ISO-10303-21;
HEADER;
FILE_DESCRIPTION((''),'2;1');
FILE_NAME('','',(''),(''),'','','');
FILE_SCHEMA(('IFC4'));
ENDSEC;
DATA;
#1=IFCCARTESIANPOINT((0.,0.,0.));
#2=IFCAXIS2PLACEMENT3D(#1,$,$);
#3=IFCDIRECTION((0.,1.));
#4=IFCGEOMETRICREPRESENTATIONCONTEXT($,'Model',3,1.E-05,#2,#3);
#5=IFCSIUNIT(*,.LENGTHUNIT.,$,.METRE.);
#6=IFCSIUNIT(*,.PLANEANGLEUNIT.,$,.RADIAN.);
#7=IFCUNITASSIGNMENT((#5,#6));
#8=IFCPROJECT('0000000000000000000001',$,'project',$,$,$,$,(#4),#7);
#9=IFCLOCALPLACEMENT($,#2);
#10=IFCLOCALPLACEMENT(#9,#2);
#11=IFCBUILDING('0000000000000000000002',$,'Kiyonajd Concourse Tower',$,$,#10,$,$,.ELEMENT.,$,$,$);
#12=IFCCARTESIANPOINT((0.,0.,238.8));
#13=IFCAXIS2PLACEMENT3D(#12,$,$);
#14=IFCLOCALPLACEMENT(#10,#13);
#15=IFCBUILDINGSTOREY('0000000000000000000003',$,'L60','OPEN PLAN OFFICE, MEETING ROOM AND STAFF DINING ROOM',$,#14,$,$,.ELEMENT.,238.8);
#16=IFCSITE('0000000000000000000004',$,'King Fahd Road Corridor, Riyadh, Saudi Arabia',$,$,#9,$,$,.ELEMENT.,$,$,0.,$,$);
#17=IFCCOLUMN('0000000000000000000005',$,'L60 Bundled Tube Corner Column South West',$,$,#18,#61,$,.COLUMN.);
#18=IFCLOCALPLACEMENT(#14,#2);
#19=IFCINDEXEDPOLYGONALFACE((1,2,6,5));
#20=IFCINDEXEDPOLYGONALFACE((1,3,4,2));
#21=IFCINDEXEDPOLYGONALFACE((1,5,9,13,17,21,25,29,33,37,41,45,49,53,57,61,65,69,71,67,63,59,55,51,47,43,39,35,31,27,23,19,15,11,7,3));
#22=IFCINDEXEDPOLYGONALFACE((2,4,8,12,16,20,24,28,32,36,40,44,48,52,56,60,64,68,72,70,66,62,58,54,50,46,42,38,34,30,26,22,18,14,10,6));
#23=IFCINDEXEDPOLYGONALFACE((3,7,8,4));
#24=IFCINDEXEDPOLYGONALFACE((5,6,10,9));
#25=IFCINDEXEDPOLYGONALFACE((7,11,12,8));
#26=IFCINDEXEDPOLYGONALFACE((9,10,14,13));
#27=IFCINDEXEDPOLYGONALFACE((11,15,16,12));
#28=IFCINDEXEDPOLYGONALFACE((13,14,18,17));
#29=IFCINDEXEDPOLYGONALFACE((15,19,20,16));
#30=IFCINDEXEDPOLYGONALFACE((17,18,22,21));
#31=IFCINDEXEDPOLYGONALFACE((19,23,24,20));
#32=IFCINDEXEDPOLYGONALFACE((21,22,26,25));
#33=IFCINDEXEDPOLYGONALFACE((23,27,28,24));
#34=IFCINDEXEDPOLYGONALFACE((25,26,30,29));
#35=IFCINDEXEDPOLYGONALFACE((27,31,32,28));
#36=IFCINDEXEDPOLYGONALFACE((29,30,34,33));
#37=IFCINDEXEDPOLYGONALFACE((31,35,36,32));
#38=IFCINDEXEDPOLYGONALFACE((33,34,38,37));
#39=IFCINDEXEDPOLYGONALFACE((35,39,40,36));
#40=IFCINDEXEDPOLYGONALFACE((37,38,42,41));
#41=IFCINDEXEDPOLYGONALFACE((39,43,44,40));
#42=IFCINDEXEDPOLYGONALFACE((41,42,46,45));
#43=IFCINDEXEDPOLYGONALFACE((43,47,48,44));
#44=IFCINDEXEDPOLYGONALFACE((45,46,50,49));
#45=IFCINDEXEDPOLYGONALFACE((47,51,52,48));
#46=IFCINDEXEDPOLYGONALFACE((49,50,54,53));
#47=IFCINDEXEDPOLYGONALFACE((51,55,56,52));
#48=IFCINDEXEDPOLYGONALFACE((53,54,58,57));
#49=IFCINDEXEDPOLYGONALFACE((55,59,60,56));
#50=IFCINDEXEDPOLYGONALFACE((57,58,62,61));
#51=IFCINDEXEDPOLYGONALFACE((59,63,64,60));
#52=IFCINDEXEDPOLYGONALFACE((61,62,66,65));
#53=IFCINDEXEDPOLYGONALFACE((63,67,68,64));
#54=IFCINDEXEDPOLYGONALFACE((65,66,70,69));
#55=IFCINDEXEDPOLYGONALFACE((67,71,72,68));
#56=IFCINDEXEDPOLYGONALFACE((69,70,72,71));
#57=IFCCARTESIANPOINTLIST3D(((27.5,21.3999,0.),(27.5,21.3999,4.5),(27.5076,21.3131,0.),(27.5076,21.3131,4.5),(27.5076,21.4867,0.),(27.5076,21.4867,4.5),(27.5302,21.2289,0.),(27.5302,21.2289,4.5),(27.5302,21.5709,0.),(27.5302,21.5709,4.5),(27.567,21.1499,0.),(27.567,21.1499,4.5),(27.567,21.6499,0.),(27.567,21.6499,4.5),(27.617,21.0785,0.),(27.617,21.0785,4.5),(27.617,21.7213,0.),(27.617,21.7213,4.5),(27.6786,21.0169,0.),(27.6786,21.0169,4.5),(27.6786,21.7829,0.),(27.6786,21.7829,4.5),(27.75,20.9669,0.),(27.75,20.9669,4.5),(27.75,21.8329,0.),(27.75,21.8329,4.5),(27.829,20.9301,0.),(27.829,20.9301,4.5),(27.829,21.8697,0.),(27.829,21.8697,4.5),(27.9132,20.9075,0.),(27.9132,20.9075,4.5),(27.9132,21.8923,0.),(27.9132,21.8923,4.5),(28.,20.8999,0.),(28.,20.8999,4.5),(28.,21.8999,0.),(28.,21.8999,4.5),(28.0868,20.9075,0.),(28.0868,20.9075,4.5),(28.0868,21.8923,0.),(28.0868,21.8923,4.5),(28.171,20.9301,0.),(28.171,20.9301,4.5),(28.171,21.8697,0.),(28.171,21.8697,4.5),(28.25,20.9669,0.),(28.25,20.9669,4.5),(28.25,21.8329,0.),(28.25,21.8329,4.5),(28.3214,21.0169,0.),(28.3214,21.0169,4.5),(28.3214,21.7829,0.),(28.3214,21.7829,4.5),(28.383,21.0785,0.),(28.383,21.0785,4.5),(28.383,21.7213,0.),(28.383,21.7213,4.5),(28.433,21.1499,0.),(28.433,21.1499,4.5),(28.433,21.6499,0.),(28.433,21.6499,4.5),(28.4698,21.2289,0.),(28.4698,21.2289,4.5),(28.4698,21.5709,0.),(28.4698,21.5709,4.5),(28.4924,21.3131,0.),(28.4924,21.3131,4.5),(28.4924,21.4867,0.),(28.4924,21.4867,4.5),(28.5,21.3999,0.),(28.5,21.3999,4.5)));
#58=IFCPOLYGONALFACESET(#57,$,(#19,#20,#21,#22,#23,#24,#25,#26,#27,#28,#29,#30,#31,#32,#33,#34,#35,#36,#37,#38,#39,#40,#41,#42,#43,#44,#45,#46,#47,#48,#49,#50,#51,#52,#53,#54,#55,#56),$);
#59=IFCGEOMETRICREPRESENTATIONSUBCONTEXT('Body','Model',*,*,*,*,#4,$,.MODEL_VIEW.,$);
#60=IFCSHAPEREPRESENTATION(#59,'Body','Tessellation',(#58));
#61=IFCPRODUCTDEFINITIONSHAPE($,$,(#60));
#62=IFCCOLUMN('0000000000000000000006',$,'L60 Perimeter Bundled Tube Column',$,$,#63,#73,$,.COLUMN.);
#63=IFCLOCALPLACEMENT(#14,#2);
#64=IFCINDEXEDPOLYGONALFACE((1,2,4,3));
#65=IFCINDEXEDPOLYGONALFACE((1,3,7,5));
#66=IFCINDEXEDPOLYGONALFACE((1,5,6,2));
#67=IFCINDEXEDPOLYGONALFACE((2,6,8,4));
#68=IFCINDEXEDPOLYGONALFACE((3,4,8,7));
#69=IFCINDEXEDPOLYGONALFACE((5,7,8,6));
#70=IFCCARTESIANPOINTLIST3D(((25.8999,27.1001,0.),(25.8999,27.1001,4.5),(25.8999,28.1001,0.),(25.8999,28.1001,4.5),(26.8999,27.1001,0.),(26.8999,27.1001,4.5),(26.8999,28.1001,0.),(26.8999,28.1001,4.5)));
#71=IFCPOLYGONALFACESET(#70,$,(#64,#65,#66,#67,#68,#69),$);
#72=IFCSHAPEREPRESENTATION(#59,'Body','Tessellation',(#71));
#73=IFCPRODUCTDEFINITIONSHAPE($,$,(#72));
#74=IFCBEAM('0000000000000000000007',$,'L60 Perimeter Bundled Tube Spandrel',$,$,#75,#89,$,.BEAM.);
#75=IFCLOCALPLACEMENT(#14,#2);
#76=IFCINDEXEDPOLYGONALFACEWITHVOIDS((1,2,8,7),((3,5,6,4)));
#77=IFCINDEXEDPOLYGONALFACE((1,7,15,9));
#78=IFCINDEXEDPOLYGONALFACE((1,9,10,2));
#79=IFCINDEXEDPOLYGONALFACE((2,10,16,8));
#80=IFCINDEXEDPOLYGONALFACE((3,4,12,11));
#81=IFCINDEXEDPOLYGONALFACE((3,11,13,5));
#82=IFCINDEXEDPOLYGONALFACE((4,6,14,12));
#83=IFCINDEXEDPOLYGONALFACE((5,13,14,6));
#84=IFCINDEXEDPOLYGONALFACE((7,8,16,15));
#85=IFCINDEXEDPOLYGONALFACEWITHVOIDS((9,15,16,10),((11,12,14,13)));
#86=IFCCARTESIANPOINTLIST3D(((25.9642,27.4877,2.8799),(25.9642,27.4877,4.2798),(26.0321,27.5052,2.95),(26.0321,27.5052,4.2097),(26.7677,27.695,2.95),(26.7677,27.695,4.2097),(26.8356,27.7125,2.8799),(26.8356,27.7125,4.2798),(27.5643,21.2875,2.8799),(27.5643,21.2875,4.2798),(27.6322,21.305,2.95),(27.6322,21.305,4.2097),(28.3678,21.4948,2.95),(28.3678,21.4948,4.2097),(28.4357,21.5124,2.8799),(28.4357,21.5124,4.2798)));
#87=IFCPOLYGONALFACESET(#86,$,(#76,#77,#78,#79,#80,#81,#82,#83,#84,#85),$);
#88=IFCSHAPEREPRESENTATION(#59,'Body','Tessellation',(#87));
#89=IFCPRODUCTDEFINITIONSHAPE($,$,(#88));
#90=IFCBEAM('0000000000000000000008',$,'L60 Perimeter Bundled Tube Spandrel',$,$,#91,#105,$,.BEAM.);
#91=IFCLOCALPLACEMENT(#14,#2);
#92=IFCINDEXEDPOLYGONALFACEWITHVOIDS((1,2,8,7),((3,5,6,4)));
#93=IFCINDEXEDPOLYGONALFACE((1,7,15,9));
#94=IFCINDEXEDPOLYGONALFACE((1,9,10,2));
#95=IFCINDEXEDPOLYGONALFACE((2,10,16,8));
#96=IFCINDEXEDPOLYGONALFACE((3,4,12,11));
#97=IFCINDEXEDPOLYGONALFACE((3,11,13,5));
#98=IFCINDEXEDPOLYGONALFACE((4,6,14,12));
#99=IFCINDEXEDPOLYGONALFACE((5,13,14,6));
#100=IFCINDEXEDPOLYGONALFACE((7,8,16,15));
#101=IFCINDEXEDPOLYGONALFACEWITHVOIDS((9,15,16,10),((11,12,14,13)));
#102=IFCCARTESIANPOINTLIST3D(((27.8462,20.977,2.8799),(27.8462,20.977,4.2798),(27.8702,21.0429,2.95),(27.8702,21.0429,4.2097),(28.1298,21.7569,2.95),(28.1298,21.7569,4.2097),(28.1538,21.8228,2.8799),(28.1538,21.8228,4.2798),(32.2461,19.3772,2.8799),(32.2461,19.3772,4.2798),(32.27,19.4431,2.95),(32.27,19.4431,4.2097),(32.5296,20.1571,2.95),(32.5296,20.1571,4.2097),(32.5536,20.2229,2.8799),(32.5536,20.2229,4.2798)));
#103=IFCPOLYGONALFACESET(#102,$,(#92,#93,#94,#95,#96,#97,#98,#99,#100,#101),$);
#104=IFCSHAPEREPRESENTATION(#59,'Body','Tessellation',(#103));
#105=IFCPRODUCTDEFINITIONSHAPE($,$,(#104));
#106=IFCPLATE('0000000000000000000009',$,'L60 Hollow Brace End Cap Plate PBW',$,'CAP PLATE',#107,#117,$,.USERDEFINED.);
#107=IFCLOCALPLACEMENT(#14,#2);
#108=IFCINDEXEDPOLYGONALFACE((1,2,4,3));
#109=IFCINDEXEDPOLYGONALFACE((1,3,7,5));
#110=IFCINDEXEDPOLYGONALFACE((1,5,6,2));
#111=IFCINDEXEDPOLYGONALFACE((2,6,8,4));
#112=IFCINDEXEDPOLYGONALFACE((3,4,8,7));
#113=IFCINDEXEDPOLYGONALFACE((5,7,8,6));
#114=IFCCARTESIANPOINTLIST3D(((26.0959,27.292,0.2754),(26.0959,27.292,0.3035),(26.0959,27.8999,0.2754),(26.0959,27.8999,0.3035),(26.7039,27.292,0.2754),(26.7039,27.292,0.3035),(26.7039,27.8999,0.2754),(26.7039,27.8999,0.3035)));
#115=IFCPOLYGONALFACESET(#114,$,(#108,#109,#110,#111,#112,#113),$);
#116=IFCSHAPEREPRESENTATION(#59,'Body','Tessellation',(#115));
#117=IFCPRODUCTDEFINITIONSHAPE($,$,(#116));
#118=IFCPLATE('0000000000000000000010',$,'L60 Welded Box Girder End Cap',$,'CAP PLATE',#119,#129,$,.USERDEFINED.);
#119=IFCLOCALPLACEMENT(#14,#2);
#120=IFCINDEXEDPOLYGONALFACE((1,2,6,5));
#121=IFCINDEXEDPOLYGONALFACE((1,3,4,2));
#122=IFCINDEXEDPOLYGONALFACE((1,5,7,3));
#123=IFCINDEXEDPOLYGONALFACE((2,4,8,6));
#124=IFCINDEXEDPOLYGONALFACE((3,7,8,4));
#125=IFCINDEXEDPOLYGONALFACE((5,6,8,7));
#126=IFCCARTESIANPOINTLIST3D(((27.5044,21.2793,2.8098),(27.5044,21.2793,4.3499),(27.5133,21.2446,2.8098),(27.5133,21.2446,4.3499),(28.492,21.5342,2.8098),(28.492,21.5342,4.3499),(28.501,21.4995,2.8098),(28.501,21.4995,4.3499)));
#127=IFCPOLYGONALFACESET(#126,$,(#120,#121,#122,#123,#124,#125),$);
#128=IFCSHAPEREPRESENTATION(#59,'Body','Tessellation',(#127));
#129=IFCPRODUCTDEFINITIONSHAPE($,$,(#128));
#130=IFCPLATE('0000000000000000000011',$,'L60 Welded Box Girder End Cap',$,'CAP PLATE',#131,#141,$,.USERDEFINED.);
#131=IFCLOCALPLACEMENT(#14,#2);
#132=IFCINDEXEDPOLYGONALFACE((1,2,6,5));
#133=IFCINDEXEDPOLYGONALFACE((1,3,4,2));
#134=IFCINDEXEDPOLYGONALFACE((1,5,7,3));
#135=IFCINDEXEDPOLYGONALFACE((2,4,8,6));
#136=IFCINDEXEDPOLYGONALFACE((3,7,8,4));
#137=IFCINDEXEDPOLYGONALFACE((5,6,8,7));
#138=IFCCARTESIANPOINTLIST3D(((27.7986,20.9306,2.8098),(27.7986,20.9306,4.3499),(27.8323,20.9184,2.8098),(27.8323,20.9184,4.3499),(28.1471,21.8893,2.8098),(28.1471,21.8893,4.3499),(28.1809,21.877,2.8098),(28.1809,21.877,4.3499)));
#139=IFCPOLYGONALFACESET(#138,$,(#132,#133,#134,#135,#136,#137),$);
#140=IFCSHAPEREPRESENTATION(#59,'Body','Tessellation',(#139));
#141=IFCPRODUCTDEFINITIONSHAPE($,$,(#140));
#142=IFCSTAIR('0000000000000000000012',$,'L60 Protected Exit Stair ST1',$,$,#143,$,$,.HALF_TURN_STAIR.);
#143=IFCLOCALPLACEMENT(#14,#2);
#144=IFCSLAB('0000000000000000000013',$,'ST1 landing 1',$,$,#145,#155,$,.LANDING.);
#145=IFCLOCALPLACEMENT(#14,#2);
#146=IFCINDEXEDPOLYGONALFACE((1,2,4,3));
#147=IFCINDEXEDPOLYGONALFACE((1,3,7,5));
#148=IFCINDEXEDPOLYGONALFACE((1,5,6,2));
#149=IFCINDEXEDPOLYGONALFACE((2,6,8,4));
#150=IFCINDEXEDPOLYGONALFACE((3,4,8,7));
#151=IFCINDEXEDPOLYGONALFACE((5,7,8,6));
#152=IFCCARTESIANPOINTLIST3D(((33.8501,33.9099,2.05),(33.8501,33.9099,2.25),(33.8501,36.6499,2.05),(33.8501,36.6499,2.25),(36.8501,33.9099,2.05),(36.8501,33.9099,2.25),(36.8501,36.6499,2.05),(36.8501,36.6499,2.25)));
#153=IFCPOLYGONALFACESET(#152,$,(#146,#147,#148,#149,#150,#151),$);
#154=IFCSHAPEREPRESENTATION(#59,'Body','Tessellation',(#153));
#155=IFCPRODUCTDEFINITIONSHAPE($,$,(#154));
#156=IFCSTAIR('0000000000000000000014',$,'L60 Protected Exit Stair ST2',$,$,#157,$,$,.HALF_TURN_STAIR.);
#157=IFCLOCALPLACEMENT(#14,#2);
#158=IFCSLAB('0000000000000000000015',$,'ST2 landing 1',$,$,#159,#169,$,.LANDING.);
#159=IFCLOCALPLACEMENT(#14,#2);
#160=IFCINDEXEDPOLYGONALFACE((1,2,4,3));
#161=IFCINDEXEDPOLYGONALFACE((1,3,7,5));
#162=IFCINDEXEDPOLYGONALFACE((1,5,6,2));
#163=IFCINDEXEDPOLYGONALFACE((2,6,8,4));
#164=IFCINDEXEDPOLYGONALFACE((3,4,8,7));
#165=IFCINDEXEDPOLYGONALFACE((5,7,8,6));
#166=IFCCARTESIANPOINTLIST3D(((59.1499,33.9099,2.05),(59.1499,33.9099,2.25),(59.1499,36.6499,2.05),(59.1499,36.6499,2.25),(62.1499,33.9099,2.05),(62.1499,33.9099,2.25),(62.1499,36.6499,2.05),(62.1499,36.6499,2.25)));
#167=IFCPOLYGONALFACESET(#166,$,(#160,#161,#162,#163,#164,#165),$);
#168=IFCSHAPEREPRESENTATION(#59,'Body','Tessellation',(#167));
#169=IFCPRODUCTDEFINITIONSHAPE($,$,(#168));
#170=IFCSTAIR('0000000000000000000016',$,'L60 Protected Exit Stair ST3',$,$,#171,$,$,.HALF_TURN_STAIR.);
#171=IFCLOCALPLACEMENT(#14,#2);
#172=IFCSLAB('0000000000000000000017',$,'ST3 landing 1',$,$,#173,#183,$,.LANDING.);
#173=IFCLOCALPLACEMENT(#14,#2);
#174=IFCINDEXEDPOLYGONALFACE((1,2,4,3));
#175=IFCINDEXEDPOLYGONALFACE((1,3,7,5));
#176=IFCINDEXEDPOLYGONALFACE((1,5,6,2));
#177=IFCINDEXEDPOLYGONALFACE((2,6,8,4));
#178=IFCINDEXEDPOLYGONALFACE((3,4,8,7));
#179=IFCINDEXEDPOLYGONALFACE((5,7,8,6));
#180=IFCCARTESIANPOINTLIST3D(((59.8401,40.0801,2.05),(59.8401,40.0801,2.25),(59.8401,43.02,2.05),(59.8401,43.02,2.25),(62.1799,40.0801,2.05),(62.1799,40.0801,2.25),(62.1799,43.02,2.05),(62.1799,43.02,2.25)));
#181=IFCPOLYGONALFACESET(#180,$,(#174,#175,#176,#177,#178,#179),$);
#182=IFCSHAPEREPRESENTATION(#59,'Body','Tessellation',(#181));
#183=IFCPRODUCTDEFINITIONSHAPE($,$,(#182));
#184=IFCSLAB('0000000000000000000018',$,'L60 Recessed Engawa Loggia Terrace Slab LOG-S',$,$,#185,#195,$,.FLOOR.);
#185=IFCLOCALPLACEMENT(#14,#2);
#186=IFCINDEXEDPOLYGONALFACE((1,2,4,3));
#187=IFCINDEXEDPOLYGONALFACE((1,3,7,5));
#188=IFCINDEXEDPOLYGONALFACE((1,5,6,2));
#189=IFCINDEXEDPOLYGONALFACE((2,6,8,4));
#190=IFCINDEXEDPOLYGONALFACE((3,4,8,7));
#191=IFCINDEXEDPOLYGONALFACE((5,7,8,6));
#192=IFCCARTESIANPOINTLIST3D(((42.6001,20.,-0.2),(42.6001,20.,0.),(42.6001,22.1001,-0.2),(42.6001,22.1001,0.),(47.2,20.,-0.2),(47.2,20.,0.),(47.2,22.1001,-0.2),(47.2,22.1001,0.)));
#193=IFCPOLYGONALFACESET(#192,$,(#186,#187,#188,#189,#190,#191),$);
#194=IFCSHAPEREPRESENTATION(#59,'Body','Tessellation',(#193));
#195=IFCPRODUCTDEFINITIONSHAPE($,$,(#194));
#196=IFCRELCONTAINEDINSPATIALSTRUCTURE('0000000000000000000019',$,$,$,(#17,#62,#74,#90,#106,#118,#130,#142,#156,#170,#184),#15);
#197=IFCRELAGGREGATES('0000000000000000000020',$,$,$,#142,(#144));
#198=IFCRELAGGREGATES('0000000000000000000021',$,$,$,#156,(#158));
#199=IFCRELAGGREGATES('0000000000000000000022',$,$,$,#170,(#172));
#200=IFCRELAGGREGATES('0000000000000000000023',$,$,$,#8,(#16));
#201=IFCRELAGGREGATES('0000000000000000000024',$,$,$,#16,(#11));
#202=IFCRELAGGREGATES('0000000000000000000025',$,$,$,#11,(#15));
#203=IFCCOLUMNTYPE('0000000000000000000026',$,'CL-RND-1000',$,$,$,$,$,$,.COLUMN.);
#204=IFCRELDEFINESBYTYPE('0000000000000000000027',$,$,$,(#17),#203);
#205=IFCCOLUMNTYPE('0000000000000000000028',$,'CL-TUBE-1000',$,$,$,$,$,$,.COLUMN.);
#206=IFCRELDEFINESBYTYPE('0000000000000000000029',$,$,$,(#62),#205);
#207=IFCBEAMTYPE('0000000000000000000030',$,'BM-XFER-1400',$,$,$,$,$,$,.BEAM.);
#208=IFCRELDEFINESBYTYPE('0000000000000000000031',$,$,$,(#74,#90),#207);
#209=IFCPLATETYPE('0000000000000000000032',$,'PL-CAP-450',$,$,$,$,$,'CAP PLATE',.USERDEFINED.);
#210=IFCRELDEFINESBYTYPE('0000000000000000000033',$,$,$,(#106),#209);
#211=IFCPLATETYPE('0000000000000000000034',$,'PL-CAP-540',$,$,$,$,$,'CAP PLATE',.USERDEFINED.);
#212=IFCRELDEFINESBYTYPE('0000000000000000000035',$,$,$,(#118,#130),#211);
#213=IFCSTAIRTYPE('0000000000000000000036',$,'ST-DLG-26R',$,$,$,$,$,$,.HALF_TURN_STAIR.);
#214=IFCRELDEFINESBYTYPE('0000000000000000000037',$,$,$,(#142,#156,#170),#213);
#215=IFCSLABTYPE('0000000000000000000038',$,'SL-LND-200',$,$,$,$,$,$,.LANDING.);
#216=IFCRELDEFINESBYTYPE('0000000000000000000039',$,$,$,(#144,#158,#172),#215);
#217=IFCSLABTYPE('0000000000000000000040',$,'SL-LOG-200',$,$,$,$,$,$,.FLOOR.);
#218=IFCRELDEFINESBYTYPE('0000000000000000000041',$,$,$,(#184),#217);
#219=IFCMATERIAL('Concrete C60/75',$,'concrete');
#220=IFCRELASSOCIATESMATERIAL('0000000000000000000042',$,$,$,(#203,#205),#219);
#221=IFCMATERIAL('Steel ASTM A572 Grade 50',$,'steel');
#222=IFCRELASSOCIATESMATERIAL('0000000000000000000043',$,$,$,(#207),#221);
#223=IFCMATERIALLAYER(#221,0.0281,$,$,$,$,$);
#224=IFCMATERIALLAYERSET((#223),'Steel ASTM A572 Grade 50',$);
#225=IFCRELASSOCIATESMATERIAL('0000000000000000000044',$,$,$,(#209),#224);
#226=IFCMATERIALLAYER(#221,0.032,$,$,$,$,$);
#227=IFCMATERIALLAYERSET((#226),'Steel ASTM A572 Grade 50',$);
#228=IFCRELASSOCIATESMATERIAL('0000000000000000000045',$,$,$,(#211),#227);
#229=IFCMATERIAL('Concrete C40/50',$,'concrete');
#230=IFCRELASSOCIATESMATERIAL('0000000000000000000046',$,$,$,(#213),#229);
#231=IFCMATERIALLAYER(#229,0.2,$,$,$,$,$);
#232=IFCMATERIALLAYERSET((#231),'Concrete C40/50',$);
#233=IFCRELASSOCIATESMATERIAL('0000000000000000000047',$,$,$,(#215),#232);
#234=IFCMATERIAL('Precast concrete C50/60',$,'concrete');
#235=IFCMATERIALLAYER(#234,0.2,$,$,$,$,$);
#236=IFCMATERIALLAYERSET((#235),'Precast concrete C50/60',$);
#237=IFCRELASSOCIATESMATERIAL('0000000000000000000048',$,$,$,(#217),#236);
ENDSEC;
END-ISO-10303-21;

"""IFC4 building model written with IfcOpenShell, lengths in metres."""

from ifc_helpers import new_model, si_unit, direction, frame, origin, origin_2d, place, context, subcontext, project, spatial, polyline, rectangle, hollow_rectangle, circle, outline, extrude, material, layer, layer_set, material_profile, profile_set, type_object, element, aggregate, save


model = new_model("IFC4")

# Units and contexts
model_context = context("Model", 3, precision=1e-05, world=origin(), true_north=direction((0.0, 1.0)))
body_context = subcontext(model_context, "Body", "Model", "MODEL_VIEW")
ifc_project = project(units=[si_unit("LENGTHUNIT", "METRE"), si_unit("PLANEANGLEUNIT", "RADIAN")], contexts=[model_context])

# Site, building, storey
site_placement = place(None, origin())
site = spatial("IfcSite", under=ifc_project, at=site_placement, Name="King Fahd Road Corridor, Riyadh, Saudi Arabia", CompositionType="ELEMENT", RefElevation=0.0)
building_placement = place(site_placement, origin())
building = spatial("IfcBuilding", under=site, at=building_placement, Name="Kiyonajd Concourse Tower", CompositionType="ELEMENT")
storey_placement = place(building_placement, frame((0.0, 0.0, 238.8)))
storey = spatial("IfcBuildingStorey", under=building, at=storey_placement, Name="L60", Description="OPEN PLAN OFFICE, MEETING ROOM AND STAFF DINING ROOM", CompositionType="ELEMENT", Elevation=238.8)

# Columns
ifc_material_1 = material(Name="Concrete C60/75", Category="concrete")
ifc_material_profile_1 = material_profile(ifc_material_1, circle(Radius=0.5, at=origin_2d()), Name="RCC-D1000")
ifc_profile_set_1 = profile_set([ifc_material_profile_1], Name="Concrete C60/75")
column_type_1 = type_object("IfcColumnType", Name="CL-RND-1000", PredefinedType="COLUMN", material=ifc_profile_set_1)
column_1_placement = place(storey_placement, frame((28.0, 21.3999, 0.0), z_axis=(0.0, 0.0, 1.0), x_axis=(1.0, 0.0, 0.0)))
element("IfcColumn", 1, at=column_1_placement, inside=storey, type_object=column_type_1, Name="L60 Bundled Tube Corner Column South West", PredefinedType="COLUMN", context=body_context, shape_type="SweptSolid", body=[
    extrude(circle(Radius=0.5, at=origin_2d()), origin(), (0.0, 0.0, 1.0), 4.5),
])
ifc_material_profile_2 = material_profile(ifc_material_1, rectangle(XDim=1.0, YDim=1.0, at=origin_2d()), Name="RC-1000x1000")
ifc_profile_set_2 = profile_set([ifc_material_profile_2], Name="Concrete C60/75")
column_type_2 = type_object("IfcColumnType", Name="CL-TUBE-1000", PredefinedType="COLUMN", material=ifc_profile_set_2)
column_2_placement = place(storey_placement, frame((26.3999, 27.6001, 0.0), z_axis=(0.0, 0.0, 1.0), x_axis=(1.0, 0.0, 0.0)))
element("IfcColumn", 2, at=column_2_placement, inside=storey, type_object=column_type_2, Name="L60 Perimeter Bundled Tube Column", PredefinedType="COLUMN", context=body_context, shape_type="SweptSolid", body=[
    extrude(rectangle(XDim=1.0, YDim=1.0, at=origin_2d()), origin(), (0.0, 0.0, 1.0), 4.5),
])

# Beams
ifc_material_2 = material(Name="Steel ASTM A572 Grade 50", Category="steel")
ifc_material_profile_3 = material_profile(ifc_material_2, hollow_rectangle(XDim=0.8999, YDim=1.3999, WallThickness=0.0701, at=origin_2d()), Name="BOX-1400x900x70")
ifc_profile_set_3 = profile_set([ifc_material_profile_3], Name="Steel ASTM A572 Grade 50")
beam_type = type_object("IfcBeamType", Name="BM-XFER-1400", PredefinedType="BEAM", material=ifc_profile_set_3)
beam_1_placement = place(storey_placement, frame((26.3999, 27.6001, 3.5798), z_axis=(0.249885, -0.968276, 0.0), x_axis=(0.968276, 0.249885, 0.0)))
element("IfcBeam", 3, at=beam_1_placement, inside=storey, type_object=beam_type, Name="L60 Perimeter Bundled Tube Spandrel", PredefinedType="BEAM", context=body_context, shape_type="SweptSolid", body=[
    extrude(hollow_rectangle(XDim=0.8999, YDim=1.3999, WallThickness=0.0701, at=origin_2d()), origin(), (0.0, 0.0, 1.0), 6.4033),
])
beam_2_placement = place(storey_placement, frame((28.0, 21.3999, 3.5798), z_axis=(0.939801, -0.341722, 0.0), x_axis=(0.341722, 0.939801, 0.0)))
element("IfcBeam", 4, at=beam_2_placement, inside=storey, type_object=beam_type, Name="L60 Perimeter Bundled Tube Spandrel", PredefinedType="BEAM", context=body_context, shape_type="SweptSolid", body=[
    extrude(hollow_rectangle(XDim=0.8999, YDim=1.3999, WallThickness=0.0701, at=origin_2d()), origin(), (0.0, 0.0, 1.0), 4.6816),
])

# Plates
ifc_layer_1 = layer(ifc_material_2, 0.0281)
ifc_layer_set_1 = layer_set([ifc_layer_1], Name="Steel ASTM A572 Grade 50")
plate_type_1 = type_object("IfcPlateType", Name="PL-CAP-450", ElementType="CAP PLATE", PredefinedType="USERDEFINED", material=ifc_layer_set_1)
plate_placement = place(storey_placement, frame((26.3999, 27.5959, 0.2754), z_axis=(0.0, 0.0, 1.0), x_axis=(1.0, 0.0, 0.0)))
element("IfcPlate", 5, at=plate_placement, inside=storey, type_object=plate_type_1, Name="L60 Hollow Brace End Cap Plate PBW", ObjectType="CAP PLATE", PredefinedType="USERDEFINED", context=body_context, shape_type="SweptSolid", body=[
    extrude(rectangle(XDim=0.6079, YDim=0.6079, at=origin_2d()), origin(), (0.0, 0.0, 1.0), 0.0281),
])
ifc_layer_2 = layer(ifc_material_2, 0.032)
ifc_layer_set_2 = layer_set([ifc_layer_2], Name="Steel ASTM A572 Grade 50")
plate_type_2 = type_object("IfcPlateType", Name="PL-CAP-540", ElementType="CAP PLATE", PredefinedType="USERDEFINED", material=ifc_layer_set_2)
for number, where, z_axis, x_axis, name in (
    (6, (28.0027, 21.3894, 2.8098), (0.0, 0.0, 1.0), (0.249873, -0.968279, 0.0), "L60 Welded Box Girder End Cap"),
    (7, (27.9897, 21.4038, 2.8098), (0.0, 0.0, 1.0), (-0.939812, 0.341692, 0.0), "L60 Welded Box Girder End Cap"),
):
    element("IfcPlate", number, at=place(storey_placement, frame(where, z_axis=z_axis, x_axis=x_axis)), inside=storey, type_object=plate_type_2, Name=name, ObjectType="CAP PLATE", PredefinedType="USERDEFINED", context=body_context, shape_type="SweptSolid", body=[
        extrude(rectangle(XDim=0.0359, YDim=1.02, at=origin_2d()), origin(), (0.0, 0.0, 1.0), 1.54),
    ])

# Stairs, slabs
ifc_material_3 = material(Name="Concrete C40/50", Category="concrete")
stair_type = type_object("IfcStairType", Name="ST-DLG-26R", PredefinedType="HALF_TURN_STAIR", material=ifc_material_3)
stair_1_placement = place(storey_placement, origin())
stair_1 = element("IfcStair", 8, at=stair_1_placement, inside=storey, type_object=stair_type, Name="L60 Protected Exit Stair ST1", PredefinedType="HALF_TURN_STAIR")
ifc_layer_3 = layer(ifc_material_3, 0.2)
ifc_layer_set_3 = layer_set([ifc_layer_3], Name="Concrete C40/50")
slab_type_1 = type_object("IfcSlabType", Name="SL-LND-200", PredefinedType="LANDING", material=ifc_layer_set_3)
slab_1_placement = place(storey_placement, frame((0.0, 0.0, 2.05)))
slab_1 = element("IfcSlab", 9, at=slab_1_placement, type_object=slab_type_1, Name="ST1 landing 1", PredefinedType="LANDING", context=body_context, shape_type="SweptSolid", body=[
    extrude(outline(polyline([(36.8501, 33.9099), (36.8501, 36.6499), (33.8501, 36.6499), (33.8501, 33.9099), (36.8501, 33.9099)])), origin(), (0.0, 0.0, 1.0), 0.2),
])
aggregate(stair_1, [slab_1])
stair_2_placement = place(storey_placement, origin())
stair_2 = element("IfcStair", 10, at=stair_2_placement, inside=storey, type_object=stair_type, Name="L60 Protected Exit Stair ST2", PredefinedType="HALF_TURN_STAIR")
slab_2_placement = place(storey_placement, frame((0.0, 0.0, 2.05)))
slab_2 = element("IfcSlab", 11, at=slab_2_placement, type_object=slab_type_1, Name="ST2 landing 1", PredefinedType="LANDING", context=body_context, shape_type="SweptSolid", body=[
    extrude(outline(polyline([(62.1499, 33.9099), (62.1499, 36.6499), (59.1499, 36.6499), (59.1499, 33.9099), (62.1499, 33.9099)])), origin(), (0.0, 0.0, 1.0), 0.2),
])
aggregate(stair_2, [slab_2])
stair_3_placement = place(storey_placement, origin())
stair_3 = element("IfcStair", 12, at=stair_3_placement, inside=storey, type_object=stair_type, Name="L60 Protected Exit Stair ST3", PredefinedType="HALF_TURN_STAIR")
slab_3_placement = place(storey_placement, frame((0.0, 0.0, 2.05)))
slab_3 = element("IfcSlab", 13, at=slab_3_placement, type_object=slab_type_1, Name="ST3 landing 1", PredefinedType="LANDING", context=body_context, shape_type="SweptSolid", body=[
    extrude(outline(polyline([(59.8401, 40.0801), (62.1799, 40.0801), (62.1799, 43.02), (59.8401, 43.02), (59.8401, 40.0801)])), origin(), (0.0, 0.0, 1.0), 0.2),
])
aggregate(stair_3, [slab_3])

# Slab
ifc_material_4 = material(Name="Precast concrete C50/60", Category="concrete")
ifc_layer_4 = layer(ifc_material_4, 0.2)
ifc_layer_set_4 = layer_set([ifc_layer_4], Name="Precast concrete C50/60")
slab_type_2 = type_object("IfcSlabType", Name="SL-LOG-200", PredefinedType="FLOOR", material=ifc_layer_set_4)
slab_4_placement = place(storey_placement, frame((0.0, 0.0, -0.2)))
element("IfcSlab", 14, at=slab_4_placement, inside=storey, type_object=slab_type_2, Name="L60 Recessed Engawa Loggia Terrace Slab LOG-S", PredefinedType="FLOOR", context=body_context, shape_type="SweptSolid", body=[
    extrude(outline(polyline([(42.6001, 20.0), (47.2, 20.0), (47.2, 22.1001), (42.6001, 22.1001), (42.6001, 20.0)])), origin(), (0.0, 0.0, 1.0), 0.2),
])

save(model, "model.ifc")
